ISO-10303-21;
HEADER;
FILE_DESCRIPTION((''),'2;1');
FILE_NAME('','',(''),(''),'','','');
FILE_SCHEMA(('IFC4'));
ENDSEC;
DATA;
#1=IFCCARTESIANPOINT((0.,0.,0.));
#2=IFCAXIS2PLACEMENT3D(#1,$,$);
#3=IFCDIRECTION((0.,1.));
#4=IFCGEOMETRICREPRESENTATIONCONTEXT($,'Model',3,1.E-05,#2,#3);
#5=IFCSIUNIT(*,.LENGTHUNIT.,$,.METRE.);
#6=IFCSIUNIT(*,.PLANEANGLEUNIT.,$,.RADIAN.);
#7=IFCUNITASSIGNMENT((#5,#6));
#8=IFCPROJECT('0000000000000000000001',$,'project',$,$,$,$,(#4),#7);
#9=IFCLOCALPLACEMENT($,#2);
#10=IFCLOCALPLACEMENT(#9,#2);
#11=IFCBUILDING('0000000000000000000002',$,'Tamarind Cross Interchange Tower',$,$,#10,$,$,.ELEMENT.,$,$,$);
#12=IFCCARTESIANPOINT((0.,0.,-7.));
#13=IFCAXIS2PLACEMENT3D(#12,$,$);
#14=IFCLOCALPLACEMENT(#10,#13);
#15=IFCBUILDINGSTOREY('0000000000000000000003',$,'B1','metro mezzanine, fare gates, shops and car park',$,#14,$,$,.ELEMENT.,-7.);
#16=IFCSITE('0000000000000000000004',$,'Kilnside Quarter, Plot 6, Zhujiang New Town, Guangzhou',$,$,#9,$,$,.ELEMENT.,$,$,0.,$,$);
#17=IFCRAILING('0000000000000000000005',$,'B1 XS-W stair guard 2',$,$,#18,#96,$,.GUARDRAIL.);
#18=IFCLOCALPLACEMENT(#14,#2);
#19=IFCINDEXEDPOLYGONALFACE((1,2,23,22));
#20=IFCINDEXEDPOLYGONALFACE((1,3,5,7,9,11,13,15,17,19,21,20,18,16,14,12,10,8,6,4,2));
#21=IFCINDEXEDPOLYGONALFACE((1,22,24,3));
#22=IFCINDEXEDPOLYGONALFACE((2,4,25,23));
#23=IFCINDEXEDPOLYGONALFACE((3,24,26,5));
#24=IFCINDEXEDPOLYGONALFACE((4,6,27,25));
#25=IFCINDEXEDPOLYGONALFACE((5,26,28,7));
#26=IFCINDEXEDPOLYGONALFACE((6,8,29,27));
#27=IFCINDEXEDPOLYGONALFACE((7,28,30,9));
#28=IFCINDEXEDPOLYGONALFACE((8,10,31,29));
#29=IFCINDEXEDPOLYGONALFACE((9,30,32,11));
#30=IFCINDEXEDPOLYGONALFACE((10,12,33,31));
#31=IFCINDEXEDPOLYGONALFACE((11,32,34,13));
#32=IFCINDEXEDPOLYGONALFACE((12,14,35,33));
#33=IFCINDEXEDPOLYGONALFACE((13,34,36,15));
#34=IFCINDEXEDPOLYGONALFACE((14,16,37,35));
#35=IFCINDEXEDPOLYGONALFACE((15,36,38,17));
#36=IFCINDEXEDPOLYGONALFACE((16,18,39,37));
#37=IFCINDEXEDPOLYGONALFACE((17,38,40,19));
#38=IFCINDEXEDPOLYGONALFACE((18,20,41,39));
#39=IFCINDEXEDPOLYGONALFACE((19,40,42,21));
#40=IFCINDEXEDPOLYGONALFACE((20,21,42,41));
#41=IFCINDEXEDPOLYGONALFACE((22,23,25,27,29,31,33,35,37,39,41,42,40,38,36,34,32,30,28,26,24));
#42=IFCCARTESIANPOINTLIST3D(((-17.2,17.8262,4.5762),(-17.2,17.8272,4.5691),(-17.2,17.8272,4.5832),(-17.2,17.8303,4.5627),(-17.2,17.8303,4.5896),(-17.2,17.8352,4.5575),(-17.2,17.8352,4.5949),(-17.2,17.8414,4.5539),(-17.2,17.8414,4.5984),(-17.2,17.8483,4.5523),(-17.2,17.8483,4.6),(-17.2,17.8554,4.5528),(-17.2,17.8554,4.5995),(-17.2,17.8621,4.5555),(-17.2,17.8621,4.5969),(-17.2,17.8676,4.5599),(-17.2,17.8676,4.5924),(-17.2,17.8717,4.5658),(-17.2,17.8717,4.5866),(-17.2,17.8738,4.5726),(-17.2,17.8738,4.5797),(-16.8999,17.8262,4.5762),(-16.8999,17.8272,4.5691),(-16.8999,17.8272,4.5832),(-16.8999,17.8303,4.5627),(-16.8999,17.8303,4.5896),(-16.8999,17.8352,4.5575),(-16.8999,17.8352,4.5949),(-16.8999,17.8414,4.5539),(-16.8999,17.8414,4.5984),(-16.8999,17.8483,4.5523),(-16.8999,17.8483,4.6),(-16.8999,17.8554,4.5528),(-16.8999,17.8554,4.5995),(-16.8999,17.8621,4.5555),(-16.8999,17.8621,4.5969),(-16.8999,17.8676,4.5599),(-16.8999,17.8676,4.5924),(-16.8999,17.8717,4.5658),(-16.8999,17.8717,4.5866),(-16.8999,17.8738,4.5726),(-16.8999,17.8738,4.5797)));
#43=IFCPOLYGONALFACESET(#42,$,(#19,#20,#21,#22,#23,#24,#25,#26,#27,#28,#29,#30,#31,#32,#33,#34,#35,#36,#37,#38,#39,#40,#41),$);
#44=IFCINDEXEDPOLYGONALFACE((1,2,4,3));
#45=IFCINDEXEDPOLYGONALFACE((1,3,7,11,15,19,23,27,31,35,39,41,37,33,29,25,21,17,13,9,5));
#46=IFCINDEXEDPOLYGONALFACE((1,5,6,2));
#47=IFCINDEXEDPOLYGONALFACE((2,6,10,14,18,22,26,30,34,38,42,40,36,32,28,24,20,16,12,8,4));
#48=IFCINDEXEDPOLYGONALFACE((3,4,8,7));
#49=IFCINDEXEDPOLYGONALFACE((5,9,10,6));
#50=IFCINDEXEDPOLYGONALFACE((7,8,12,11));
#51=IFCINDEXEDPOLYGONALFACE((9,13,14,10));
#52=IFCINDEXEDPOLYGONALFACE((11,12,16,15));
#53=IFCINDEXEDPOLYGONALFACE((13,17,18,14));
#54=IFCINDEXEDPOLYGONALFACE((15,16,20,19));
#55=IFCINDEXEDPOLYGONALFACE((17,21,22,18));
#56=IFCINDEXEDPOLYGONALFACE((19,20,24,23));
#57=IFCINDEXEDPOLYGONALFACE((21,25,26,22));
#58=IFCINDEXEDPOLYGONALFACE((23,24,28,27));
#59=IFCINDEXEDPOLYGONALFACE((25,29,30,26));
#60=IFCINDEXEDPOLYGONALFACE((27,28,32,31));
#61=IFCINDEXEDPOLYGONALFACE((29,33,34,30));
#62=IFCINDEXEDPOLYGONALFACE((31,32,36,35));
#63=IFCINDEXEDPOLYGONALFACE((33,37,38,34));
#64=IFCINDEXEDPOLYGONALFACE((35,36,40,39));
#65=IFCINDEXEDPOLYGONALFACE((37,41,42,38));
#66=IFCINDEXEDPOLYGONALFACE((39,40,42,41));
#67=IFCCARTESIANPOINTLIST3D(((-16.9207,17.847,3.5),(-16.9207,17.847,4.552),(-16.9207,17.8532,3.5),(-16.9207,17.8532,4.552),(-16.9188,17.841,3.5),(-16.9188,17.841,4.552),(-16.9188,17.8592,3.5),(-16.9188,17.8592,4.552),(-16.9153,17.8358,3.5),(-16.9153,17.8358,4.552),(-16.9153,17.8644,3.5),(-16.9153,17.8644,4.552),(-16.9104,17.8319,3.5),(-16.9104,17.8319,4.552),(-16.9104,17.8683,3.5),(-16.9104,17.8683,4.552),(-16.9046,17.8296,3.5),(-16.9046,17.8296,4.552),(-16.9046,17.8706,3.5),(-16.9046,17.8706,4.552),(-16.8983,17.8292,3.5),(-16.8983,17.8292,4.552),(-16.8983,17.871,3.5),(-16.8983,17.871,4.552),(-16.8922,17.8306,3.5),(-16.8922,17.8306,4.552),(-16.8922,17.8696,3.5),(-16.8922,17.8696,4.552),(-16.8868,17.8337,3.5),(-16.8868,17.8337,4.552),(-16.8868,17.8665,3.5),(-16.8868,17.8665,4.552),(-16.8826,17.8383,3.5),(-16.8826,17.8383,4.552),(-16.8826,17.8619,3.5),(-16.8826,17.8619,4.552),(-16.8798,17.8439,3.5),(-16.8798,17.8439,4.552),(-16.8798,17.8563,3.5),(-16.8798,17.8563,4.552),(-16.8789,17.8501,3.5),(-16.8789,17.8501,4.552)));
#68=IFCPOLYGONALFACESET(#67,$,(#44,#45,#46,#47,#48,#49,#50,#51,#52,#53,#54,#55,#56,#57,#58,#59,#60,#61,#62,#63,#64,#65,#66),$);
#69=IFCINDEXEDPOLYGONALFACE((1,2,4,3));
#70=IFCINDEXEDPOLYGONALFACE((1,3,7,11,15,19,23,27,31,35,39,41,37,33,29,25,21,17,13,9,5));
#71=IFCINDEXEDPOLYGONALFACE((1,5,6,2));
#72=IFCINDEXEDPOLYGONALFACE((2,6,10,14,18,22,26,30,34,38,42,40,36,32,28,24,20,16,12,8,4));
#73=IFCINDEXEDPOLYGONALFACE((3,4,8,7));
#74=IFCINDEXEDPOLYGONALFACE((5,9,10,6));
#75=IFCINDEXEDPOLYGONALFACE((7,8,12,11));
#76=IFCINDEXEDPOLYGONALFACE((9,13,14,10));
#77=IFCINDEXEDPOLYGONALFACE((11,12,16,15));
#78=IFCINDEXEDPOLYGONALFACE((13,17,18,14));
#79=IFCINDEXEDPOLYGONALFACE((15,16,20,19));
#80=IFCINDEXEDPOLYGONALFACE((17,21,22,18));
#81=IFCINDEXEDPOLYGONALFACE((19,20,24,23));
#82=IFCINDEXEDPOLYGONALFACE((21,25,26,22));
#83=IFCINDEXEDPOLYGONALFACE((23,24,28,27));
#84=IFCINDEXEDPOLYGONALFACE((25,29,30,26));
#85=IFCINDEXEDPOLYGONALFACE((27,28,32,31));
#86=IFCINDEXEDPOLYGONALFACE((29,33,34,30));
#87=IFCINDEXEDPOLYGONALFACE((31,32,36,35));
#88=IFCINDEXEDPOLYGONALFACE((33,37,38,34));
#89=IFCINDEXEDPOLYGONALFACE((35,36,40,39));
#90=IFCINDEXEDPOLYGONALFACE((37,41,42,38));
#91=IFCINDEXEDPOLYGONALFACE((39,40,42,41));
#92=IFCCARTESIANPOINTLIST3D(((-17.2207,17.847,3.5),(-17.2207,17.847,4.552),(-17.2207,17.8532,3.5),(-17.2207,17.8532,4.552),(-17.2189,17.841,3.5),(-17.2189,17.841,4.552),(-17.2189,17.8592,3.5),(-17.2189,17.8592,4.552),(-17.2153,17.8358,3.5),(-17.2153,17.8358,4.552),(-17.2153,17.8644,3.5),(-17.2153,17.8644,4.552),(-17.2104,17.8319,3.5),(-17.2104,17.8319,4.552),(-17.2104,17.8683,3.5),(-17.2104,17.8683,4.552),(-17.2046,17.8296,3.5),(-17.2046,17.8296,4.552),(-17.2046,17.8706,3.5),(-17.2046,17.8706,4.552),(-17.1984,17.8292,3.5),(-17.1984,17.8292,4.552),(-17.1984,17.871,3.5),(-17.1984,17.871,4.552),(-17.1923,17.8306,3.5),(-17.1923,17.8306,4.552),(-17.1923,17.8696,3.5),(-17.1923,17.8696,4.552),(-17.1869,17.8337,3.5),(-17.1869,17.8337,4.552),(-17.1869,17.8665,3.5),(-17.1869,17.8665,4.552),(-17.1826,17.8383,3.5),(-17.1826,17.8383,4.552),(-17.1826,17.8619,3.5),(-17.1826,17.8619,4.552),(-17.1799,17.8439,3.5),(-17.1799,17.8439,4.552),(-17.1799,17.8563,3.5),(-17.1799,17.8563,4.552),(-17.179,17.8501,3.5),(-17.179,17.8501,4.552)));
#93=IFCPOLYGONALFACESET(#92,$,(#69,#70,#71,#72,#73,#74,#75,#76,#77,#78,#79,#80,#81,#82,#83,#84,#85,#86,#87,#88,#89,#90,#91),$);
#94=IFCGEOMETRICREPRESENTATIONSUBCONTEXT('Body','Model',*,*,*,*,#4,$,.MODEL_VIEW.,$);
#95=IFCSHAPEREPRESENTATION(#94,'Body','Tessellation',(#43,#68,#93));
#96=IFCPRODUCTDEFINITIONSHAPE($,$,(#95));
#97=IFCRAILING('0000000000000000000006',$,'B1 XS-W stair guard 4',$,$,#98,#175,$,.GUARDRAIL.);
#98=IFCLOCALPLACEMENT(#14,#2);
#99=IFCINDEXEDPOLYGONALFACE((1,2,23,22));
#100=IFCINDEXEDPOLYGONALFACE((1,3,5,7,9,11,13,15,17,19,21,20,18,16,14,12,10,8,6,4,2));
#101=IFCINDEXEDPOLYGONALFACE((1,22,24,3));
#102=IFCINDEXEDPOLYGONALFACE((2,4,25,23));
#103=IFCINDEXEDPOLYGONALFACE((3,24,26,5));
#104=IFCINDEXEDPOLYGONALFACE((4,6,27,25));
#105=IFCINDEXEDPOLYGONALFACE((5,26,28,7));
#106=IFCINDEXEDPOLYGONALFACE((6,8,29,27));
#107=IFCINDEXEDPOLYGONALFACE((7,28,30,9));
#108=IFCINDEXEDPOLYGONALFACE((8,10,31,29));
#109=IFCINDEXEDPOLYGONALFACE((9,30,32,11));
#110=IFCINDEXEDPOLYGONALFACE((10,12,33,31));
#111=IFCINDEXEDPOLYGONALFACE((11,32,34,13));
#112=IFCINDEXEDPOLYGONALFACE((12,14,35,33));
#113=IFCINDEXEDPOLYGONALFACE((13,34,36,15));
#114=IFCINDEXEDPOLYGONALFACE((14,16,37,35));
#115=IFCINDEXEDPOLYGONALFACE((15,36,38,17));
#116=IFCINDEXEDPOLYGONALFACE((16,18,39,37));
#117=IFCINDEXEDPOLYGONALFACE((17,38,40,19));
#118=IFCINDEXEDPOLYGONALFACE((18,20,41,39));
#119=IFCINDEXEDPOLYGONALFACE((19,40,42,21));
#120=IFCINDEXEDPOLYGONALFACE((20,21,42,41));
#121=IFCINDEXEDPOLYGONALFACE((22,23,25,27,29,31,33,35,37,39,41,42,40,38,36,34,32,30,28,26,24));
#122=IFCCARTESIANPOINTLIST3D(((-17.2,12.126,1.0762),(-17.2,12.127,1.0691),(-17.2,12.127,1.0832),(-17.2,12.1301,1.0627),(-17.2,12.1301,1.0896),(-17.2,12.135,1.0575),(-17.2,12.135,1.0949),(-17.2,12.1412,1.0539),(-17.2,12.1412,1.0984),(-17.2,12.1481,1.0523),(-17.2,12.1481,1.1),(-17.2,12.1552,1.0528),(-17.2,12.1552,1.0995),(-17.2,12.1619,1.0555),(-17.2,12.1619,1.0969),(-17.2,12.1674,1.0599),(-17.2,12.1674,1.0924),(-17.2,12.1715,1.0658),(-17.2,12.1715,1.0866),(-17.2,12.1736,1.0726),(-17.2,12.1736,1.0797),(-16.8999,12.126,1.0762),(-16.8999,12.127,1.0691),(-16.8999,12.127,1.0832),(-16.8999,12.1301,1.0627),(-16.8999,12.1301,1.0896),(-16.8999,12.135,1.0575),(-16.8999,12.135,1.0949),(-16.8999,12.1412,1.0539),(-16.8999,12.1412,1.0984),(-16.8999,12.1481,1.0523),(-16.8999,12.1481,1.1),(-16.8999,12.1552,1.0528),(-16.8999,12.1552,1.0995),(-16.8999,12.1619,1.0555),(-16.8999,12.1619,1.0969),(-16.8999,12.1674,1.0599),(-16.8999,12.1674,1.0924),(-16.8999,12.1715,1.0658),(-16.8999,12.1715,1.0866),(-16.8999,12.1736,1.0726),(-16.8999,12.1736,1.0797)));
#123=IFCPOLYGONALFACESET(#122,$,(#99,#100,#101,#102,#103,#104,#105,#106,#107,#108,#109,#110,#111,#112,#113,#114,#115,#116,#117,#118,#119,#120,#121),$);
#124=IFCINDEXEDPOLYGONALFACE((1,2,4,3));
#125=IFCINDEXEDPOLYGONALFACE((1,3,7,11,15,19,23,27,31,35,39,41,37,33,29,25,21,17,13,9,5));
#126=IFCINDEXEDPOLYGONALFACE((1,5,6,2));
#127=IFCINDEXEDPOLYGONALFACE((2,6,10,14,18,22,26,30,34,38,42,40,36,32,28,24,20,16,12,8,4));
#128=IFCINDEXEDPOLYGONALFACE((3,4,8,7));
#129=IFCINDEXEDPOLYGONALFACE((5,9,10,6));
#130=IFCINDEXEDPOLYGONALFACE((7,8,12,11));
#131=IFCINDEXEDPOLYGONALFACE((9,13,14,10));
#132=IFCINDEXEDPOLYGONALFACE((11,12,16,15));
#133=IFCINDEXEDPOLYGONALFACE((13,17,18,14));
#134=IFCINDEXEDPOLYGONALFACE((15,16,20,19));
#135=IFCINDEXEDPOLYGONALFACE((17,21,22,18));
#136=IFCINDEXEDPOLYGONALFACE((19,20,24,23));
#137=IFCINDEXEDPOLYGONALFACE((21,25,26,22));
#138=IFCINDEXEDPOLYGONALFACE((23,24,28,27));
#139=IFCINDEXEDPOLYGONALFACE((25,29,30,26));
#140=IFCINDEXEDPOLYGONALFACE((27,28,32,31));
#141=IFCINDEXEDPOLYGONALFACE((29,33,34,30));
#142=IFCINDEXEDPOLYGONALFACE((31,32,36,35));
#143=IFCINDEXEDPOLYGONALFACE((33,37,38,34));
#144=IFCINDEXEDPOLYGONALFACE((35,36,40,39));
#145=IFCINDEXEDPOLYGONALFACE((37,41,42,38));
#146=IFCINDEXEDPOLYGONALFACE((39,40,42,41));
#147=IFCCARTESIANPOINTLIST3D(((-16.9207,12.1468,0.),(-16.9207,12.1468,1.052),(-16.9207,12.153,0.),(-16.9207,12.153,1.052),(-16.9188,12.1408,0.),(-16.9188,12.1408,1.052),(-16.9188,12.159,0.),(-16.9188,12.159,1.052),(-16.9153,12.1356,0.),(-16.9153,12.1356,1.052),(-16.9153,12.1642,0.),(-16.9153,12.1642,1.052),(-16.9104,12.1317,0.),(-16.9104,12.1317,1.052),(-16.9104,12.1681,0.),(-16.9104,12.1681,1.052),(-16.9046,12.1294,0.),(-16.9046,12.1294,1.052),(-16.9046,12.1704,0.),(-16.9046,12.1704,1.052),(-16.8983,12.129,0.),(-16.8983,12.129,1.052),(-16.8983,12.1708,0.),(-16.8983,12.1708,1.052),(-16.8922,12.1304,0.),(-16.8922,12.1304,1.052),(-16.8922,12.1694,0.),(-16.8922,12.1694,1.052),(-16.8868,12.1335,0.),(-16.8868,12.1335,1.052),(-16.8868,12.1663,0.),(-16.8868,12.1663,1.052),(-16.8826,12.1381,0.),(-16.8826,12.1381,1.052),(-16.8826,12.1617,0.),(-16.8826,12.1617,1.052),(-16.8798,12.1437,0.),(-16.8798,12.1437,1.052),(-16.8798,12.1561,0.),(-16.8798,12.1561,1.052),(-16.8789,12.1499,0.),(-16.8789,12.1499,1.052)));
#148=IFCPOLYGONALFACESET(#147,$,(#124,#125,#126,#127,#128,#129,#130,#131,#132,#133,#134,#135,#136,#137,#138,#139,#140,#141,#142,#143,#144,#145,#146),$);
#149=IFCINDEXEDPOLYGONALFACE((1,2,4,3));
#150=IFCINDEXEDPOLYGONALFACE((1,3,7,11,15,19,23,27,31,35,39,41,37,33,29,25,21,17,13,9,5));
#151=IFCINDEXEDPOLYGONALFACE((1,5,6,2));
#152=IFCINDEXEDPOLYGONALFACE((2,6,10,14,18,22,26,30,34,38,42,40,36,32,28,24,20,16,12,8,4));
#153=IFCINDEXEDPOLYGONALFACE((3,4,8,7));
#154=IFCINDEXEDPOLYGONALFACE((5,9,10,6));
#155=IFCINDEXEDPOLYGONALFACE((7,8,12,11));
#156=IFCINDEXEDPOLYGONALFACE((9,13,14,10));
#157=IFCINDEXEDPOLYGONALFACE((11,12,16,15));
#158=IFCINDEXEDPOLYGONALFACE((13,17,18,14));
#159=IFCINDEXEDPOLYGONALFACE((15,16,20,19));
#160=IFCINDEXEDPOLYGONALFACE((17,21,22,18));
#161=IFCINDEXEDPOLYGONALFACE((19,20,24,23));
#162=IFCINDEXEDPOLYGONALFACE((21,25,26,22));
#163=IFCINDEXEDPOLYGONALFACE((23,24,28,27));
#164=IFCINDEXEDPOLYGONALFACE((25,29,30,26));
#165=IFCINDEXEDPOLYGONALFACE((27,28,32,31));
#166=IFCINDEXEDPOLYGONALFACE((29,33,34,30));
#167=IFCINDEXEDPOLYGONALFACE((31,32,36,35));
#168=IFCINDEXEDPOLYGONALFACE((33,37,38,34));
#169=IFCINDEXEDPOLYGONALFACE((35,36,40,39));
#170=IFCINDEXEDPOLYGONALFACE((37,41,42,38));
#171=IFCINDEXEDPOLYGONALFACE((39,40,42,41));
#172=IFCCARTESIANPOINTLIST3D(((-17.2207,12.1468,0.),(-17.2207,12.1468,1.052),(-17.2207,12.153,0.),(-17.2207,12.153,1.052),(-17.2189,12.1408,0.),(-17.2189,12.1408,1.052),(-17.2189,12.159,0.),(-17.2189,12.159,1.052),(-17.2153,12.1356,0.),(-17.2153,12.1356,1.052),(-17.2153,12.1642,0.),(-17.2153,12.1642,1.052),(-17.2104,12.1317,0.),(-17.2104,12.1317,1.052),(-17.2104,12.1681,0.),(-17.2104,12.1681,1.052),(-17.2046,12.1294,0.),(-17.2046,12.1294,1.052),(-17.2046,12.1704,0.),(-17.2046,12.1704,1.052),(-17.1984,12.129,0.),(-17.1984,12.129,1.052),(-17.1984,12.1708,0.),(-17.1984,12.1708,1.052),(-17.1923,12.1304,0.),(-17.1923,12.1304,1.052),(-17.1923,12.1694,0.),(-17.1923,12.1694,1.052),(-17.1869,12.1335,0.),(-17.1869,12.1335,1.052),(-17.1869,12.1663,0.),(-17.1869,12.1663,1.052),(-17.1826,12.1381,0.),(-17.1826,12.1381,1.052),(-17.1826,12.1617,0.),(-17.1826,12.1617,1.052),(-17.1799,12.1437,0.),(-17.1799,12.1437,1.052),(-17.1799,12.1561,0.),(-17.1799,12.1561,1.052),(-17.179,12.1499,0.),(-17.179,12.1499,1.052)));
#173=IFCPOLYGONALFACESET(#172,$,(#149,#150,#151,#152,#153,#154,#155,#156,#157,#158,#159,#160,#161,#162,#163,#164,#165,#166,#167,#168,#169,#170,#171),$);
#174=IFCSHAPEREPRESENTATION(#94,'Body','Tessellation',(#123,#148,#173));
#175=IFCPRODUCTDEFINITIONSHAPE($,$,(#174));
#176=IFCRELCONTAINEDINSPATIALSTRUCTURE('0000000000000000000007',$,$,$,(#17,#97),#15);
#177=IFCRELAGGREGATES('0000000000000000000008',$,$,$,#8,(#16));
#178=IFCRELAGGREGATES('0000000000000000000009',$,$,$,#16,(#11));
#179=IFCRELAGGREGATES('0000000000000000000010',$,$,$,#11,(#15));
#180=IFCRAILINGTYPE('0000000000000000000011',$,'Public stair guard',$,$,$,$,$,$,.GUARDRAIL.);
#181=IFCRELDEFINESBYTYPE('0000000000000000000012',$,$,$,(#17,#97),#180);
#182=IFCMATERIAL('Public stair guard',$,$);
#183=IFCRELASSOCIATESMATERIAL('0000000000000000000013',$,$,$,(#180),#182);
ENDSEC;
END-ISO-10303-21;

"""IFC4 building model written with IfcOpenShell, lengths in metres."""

from ifc_helpers import new_model, si_unit, direction, frame, origin, origin_2d, place, context, subcontext, project, spatial, circle, extrude, material, type_object, element, save


model = new_model("IFC4")

# Units and contexts
model_context = context("Model", 3, precision=1e-05, world=origin(), true_north=direction((0.0, 1.0)))
body_context = subcontext(model_context, "Body", "Model", "MODEL_VIEW")
ifc_project = project(units=[si_unit("LENGTHUNIT", "METRE"), si_unit("PLANEANGLEUNIT", "RADIAN")], contexts=[model_context])

# Site, building, storey
site_placement = place(None, origin())
site = spatial("IfcSite", under=ifc_project, at=site_placement, Name="Kilnside Quarter, Plot 6, Zhujiang New Town, Guangzhou", CompositionType="ELEMENT", RefElevation=0.0)
building_placement = place(site_placement, origin())
building = spatial("IfcBuilding", under=site, at=building_placement, Name="Tamarind Cross Interchange Tower", CompositionType="ELEMENT")
storey_placement = place(building_placement, frame((0.0, 0.0, -7.0)))
storey = spatial("IfcBuildingStorey", under=building, at=storey_placement, Name="B1", Description="metro mezzanine, fare gates, shops and car park", CompositionType="ELEMENT", Elevation=-7.0)

# Railings
ifc_material_1 = material(Name="Public stair guard")
railing_type_1 = type_object("IfcRailingType", Name="Public stair guard", PredefinedType="GUARDRAIL", material=ifc_material_1)
railing_1_placement = place(storey_placement, frame((-16.8999, 17.8501, 3.5)))
element("IfcRailing", 1, at=railing_1_placement, inside=storey, type_object=railing_type_1, Name="B1 XS-W stair guard 2", PredefinedType="GUARDRAIL", context=body_context, shape_type="SweptSolid", body=[
    extrude(circle(Radius=0.0239, at=origin_2d()), frame((0.0, 0.0, 1.0762), z_axis=(-1.0, 0.0, 0.0), x_axis=(0.0, -1.0, 0.0)), (0.0, 0.0, 1.0), 0.3),
    extrude(circle(Radius=0.021, at=origin_2d()), origin(), (0.0, 0.0, 1.0), 1.052),
    extrude(circle(Radius=0.021, at=origin_2d()), frame((-0.3, 0.0, 0.0)), (0.0, 0.0, 1.0), 1.052),
])
railing_2_placement = place(storey_placement, frame((-16.8999, 12.1499, 0.0)))
element("IfcRailing", 2, at=railing_2_placement, inside=storey, type_object=railing_type_1, Name="B1 XS-W stair guard 4", PredefinedType="GUARDRAIL", context=body_context, shape_type="SweptSolid", body=[
    extrude(circle(Radius=0.0239, at=origin_2d()), frame((0.0, 0.0, 1.0762), z_axis=(-1.0, 0.0, 0.0), x_axis=(0.0, -1.0, 0.0)), (0.0, 0.0, 1.0), 0.3),
    extrude(circle(Radius=0.021, at=origin_2d()), origin(), (0.0, 0.0, 1.0), 1.052),
    extrude(circle(Radius=0.021, at=origin_2d()), frame((-0.3, 0.0, 0.0)), (0.0, 0.0, 1.0), 1.052),
])

save(model, "model.ifc")
